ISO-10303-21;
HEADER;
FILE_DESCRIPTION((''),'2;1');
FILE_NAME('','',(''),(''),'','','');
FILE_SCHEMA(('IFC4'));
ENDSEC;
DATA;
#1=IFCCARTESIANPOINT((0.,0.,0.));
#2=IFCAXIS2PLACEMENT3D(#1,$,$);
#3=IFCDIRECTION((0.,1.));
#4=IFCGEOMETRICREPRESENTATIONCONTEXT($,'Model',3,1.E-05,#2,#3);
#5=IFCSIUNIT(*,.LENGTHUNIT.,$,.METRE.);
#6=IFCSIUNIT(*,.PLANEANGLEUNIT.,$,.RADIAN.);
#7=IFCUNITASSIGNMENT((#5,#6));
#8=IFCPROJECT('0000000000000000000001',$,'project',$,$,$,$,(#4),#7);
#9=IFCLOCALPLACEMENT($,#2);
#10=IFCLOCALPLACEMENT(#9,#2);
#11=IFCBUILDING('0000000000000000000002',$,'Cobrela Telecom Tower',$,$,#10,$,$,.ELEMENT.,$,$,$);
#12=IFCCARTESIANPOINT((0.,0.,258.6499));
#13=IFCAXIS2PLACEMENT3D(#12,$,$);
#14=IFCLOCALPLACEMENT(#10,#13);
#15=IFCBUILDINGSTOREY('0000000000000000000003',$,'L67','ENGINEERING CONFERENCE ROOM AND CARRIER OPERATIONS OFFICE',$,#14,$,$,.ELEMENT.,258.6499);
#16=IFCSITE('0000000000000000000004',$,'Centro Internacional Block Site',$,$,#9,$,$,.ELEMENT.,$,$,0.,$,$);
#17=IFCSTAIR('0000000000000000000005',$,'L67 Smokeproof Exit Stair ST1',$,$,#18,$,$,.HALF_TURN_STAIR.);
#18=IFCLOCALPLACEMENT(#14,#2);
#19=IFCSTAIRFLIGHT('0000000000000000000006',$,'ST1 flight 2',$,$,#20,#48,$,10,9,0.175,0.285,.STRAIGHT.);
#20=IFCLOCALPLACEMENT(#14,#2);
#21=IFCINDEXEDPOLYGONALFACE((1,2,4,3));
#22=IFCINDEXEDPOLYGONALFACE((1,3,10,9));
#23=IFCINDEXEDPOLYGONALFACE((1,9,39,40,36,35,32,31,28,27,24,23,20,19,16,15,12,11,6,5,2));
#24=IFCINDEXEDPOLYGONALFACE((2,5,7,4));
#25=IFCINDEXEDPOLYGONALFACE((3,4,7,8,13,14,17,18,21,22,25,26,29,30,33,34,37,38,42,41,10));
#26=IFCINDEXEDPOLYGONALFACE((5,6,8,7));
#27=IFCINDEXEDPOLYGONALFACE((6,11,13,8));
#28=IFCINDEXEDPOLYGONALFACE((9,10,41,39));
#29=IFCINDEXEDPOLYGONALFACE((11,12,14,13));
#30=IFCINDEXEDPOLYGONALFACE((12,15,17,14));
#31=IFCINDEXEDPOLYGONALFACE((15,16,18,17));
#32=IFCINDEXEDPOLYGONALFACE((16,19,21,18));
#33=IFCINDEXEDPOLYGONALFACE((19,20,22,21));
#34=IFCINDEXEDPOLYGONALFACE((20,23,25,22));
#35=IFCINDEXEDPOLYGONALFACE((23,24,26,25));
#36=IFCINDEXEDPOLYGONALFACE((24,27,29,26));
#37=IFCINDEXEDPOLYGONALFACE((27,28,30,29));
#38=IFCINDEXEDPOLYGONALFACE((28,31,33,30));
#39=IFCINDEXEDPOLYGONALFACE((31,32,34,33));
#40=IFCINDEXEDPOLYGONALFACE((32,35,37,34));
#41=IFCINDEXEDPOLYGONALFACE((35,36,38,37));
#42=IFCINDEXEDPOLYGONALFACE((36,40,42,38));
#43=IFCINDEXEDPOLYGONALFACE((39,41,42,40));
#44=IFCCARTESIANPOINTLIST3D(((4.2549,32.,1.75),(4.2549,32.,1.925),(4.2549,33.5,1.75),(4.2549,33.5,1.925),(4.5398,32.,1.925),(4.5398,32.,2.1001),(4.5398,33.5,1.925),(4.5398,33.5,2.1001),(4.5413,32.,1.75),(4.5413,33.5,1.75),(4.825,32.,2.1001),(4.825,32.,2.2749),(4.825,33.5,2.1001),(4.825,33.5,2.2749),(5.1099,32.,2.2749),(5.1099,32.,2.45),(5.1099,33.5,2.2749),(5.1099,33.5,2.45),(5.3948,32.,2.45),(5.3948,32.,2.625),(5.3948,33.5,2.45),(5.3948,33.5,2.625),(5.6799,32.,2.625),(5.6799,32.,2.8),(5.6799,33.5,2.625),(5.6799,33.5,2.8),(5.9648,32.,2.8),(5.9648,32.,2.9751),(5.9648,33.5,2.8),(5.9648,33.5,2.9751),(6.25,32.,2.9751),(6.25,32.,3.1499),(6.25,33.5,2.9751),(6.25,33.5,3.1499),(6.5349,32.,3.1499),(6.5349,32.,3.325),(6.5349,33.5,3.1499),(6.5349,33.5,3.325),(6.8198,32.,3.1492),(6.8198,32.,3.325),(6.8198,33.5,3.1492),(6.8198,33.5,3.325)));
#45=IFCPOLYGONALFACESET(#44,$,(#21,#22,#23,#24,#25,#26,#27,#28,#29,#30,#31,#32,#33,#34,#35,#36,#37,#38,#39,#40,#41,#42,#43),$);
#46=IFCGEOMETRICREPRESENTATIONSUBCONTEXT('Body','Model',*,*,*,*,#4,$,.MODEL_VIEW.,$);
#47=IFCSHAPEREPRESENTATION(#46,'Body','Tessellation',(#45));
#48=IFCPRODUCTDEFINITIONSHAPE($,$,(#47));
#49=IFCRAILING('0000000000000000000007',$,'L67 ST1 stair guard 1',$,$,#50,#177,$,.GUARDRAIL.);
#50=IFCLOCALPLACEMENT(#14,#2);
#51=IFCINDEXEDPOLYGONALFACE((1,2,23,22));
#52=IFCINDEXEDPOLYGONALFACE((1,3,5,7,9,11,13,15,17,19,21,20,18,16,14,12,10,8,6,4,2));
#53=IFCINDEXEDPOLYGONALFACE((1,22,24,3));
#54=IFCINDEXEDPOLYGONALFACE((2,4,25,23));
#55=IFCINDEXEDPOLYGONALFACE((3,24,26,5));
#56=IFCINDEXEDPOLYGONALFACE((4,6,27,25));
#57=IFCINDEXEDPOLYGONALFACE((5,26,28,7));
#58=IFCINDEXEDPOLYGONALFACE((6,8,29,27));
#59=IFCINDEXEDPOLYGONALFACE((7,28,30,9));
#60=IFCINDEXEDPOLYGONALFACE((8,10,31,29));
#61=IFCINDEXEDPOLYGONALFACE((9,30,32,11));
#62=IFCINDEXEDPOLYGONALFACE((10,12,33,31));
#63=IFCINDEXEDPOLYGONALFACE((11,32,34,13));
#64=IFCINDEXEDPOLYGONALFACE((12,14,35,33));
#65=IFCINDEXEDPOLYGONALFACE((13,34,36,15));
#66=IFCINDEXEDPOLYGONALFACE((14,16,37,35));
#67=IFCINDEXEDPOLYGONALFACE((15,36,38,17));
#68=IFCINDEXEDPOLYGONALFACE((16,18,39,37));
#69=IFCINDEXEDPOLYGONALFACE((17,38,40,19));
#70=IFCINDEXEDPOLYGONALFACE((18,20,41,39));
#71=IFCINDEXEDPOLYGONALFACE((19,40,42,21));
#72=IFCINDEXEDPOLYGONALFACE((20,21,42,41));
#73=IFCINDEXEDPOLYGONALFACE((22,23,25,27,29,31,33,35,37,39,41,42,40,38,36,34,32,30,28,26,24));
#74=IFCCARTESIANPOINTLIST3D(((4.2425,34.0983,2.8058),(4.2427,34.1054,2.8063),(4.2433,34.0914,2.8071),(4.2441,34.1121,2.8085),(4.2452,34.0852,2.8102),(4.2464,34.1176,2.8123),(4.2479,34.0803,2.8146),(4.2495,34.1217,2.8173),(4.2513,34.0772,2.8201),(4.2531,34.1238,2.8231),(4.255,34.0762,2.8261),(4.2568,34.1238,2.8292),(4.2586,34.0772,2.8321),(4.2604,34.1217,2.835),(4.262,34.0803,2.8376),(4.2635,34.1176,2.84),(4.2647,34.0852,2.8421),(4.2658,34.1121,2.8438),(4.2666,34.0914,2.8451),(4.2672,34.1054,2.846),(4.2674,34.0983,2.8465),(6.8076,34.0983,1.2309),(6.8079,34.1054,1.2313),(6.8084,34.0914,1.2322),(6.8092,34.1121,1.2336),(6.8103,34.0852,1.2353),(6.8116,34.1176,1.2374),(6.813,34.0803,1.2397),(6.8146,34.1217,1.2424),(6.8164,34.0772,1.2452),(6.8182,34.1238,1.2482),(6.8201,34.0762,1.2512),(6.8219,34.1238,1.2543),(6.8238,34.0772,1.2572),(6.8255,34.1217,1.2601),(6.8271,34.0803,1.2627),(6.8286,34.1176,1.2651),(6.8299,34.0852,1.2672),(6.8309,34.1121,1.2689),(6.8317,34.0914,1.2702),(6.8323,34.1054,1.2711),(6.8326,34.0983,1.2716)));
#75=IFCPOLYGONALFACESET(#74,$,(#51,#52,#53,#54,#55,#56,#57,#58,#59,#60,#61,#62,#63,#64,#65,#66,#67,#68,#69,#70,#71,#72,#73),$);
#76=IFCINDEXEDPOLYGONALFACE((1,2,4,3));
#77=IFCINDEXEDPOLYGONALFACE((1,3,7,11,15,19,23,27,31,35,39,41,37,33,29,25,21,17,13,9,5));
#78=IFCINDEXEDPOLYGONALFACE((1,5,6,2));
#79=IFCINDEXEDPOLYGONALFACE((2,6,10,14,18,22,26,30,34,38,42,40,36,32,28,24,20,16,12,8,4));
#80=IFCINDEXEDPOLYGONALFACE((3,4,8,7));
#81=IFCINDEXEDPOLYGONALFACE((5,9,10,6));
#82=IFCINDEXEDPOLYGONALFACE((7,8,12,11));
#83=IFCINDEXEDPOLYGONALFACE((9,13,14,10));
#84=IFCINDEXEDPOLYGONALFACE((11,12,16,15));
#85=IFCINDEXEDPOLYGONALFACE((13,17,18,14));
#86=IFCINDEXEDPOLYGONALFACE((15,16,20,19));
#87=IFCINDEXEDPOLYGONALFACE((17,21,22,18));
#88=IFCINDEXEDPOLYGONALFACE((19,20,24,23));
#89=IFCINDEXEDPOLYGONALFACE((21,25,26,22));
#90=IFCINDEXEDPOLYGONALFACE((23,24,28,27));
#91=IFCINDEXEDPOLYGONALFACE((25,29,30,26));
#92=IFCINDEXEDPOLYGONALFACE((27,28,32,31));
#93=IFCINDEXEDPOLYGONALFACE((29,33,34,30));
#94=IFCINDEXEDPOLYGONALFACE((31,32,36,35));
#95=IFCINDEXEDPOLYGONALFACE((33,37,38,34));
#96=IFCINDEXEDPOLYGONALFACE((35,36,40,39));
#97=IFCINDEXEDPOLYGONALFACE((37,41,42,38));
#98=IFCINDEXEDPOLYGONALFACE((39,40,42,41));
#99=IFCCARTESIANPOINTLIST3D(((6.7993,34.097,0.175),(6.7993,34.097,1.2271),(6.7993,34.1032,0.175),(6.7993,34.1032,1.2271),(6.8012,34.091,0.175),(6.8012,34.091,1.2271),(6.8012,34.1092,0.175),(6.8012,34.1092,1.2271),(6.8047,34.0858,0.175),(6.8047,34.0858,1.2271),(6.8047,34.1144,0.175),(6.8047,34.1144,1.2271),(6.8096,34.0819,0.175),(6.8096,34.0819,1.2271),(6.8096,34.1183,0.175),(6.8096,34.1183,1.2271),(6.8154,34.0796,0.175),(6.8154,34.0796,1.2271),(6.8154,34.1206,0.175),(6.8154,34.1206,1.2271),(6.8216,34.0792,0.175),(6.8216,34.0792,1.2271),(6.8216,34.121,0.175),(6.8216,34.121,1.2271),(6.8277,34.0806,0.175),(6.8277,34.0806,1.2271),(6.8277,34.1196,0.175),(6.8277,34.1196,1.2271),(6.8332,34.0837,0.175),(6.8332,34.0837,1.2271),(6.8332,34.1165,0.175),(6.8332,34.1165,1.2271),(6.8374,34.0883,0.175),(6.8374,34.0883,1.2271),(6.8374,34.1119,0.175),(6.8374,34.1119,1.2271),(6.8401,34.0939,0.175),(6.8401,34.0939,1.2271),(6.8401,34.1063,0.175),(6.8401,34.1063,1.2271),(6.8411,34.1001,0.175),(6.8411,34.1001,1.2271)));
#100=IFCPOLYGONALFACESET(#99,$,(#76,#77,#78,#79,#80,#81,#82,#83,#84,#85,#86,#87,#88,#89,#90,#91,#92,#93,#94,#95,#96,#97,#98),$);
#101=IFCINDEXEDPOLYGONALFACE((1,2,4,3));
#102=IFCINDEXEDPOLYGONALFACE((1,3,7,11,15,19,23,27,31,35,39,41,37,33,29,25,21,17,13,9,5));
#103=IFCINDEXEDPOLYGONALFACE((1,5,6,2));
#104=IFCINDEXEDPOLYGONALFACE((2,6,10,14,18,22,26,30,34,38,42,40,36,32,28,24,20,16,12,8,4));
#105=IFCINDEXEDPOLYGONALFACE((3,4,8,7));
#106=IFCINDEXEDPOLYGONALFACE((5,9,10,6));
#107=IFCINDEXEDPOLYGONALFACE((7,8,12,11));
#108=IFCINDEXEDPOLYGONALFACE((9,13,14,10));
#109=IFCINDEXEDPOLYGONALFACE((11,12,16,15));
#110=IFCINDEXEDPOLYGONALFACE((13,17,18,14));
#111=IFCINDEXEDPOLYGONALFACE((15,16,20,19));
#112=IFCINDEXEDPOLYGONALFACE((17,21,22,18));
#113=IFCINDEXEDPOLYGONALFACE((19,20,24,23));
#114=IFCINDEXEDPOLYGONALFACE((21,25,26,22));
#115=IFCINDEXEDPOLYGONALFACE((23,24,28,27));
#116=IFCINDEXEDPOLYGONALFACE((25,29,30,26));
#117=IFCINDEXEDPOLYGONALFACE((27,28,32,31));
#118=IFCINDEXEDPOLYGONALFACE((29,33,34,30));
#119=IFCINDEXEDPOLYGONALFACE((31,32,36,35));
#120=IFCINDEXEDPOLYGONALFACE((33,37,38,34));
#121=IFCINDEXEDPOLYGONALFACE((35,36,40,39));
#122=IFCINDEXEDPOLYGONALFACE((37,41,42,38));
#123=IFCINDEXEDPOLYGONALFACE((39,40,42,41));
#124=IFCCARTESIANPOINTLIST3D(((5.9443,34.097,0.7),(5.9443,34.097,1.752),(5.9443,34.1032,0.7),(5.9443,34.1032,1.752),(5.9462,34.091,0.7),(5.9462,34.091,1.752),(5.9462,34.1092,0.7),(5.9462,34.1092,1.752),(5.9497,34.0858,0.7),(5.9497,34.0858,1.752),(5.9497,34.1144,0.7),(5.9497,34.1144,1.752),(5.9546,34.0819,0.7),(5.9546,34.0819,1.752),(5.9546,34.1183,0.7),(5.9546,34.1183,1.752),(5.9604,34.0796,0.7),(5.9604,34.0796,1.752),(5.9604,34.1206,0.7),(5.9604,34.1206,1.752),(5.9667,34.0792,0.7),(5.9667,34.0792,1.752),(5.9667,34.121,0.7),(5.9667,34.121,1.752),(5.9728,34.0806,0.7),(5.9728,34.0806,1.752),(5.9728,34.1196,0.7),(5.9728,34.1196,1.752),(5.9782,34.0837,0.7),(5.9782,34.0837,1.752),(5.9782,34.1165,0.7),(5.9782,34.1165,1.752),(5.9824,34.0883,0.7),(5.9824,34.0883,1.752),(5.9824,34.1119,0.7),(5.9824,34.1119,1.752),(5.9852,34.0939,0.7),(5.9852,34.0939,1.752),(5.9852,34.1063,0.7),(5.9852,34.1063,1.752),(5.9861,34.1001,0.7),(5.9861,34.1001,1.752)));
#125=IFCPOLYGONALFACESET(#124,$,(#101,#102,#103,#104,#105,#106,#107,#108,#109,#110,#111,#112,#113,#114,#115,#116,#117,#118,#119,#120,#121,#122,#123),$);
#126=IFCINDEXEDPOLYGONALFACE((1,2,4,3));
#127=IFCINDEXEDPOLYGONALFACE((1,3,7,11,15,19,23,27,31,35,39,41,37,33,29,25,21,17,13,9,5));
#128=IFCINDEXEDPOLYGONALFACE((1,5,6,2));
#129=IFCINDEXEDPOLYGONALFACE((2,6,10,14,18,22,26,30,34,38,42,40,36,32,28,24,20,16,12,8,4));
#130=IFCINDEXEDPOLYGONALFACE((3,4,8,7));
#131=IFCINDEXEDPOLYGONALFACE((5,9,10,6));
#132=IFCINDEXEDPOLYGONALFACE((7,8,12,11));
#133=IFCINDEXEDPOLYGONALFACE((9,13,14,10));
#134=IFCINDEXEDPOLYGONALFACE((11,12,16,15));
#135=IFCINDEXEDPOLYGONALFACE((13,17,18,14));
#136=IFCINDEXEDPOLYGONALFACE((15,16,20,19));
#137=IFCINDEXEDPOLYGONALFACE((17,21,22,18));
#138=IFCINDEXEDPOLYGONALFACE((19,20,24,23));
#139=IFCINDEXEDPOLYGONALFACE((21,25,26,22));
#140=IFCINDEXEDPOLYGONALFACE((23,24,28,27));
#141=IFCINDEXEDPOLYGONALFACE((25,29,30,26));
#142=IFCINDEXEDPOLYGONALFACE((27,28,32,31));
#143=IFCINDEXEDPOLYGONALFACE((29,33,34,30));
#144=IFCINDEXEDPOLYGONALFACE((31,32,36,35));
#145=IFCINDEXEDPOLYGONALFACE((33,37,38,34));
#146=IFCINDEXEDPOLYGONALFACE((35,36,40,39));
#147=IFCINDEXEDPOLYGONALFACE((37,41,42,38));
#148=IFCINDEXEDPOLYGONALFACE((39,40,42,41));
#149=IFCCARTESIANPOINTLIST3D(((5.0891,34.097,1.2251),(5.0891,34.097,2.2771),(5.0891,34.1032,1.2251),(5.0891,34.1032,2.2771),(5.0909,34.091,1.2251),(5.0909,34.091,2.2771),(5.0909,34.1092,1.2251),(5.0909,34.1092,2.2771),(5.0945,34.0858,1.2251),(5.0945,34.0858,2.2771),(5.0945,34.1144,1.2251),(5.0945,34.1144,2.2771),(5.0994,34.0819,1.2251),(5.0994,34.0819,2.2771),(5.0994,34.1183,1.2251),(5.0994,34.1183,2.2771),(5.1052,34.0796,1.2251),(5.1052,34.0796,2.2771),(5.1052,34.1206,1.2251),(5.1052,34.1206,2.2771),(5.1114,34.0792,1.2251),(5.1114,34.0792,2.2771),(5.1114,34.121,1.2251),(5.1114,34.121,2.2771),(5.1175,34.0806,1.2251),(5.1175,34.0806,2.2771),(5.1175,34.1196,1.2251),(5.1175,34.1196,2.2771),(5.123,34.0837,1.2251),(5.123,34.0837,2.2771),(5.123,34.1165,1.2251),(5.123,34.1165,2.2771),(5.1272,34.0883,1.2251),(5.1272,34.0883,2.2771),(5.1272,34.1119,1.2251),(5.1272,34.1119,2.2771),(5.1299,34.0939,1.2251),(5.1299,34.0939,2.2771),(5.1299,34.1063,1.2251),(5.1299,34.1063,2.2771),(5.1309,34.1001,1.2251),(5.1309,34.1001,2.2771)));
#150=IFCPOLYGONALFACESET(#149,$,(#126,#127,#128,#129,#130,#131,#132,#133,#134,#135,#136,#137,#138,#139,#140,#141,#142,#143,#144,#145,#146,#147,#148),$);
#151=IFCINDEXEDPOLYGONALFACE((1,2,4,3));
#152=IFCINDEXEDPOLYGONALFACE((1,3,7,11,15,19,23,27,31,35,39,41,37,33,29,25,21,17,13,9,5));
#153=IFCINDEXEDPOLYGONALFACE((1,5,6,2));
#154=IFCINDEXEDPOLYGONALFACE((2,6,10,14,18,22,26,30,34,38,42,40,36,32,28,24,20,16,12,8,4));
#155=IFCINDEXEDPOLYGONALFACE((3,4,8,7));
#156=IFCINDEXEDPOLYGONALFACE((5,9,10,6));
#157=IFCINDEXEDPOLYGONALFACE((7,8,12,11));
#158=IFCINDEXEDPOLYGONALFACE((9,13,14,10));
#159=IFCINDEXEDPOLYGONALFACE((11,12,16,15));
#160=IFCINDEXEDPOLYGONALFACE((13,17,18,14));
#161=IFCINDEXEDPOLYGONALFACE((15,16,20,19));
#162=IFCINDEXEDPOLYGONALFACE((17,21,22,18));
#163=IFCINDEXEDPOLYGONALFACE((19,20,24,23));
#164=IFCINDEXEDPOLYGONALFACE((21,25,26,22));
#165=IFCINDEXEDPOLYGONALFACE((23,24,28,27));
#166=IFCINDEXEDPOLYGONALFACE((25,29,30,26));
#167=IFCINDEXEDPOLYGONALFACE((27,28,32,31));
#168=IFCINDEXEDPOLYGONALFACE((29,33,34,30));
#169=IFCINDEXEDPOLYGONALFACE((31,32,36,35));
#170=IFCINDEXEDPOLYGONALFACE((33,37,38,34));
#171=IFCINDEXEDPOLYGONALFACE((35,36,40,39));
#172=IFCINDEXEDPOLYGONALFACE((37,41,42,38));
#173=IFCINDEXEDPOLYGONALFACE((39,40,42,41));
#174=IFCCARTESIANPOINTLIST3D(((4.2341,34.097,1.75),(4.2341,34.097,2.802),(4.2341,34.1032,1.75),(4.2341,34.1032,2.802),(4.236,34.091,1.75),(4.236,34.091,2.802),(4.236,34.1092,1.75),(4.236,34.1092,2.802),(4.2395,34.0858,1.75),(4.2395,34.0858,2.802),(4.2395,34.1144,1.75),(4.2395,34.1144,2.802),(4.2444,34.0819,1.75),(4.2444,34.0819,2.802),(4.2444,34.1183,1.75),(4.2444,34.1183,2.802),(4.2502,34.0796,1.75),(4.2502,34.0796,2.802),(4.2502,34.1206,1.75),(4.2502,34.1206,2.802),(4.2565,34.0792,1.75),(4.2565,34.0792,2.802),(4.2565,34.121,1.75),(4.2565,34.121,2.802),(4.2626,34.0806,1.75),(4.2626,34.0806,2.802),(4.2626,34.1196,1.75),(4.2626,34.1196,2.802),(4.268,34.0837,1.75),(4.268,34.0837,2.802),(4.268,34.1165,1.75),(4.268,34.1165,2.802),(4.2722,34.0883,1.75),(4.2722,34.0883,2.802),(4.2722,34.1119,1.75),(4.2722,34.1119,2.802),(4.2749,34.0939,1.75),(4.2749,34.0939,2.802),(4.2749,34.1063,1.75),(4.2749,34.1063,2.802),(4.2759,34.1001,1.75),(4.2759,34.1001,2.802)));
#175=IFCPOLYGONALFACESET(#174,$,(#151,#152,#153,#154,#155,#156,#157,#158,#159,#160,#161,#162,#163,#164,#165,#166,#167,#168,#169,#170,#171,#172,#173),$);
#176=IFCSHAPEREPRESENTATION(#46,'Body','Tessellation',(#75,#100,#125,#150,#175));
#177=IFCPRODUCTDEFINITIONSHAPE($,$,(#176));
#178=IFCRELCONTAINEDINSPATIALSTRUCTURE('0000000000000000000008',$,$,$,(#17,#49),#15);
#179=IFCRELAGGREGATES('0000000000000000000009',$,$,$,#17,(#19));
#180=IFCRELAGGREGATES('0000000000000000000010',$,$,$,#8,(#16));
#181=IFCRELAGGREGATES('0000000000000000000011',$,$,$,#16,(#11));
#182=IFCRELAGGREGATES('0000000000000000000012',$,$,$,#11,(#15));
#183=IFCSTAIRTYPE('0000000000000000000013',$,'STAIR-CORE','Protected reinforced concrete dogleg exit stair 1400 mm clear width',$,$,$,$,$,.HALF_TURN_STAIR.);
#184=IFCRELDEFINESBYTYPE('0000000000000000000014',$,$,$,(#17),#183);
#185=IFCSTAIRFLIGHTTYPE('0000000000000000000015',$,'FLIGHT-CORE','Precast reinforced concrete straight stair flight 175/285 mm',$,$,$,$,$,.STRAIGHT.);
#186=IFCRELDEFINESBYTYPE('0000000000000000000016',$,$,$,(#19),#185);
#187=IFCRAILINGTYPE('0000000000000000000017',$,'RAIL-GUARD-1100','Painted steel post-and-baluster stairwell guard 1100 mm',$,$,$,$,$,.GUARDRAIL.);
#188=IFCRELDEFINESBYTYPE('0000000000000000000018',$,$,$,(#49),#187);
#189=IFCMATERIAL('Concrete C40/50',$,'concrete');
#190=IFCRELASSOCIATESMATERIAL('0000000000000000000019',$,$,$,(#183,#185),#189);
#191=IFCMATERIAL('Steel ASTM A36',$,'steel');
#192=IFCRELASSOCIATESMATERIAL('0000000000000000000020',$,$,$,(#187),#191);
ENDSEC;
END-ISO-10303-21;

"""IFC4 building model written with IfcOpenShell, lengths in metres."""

from ifc_helpers import new_model, si_unit, direction, frame, origin, origin_2d, place, context, subcontext, project, spatial, polyline, circle, outline, extrude, material, type_object, element, aggregate, save


model = new_model("IFC4")

# Units and contexts
model_context = context("Model", 3, precision=1e-05, world=origin(), true_north=direction((0.0, 1.0)))
body_context = subcontext(model_context, "Body", "Model", "MODEL_VIEW")
ifc_project = project(units=[si_unit("LENGTHUNIT", "METRE"), si_unit("PLANEANGLEUNIT", "RADIAN")], contexts=[model_context])

# Site, building, storey
site_placement = place(None, origin())
site = spatial("IfcSite", under=ifc_project, at=site_placement, Name="Centro Internacional Block Site", CompositionType="ELEMENT", RefElevation=0.0)
building_placement = place(site_placement, origin())
building = spatial("IfcBuilding", under=site, at=building_placement, Name="Cobrela Telecom Tower", CompositionType="ELEMENT")
storey_placement = place(building_placement, frame((0.0, 0.0, 258.6499)))
storey = spatial("IfcBuildingStorey", under=building, at=storey_placement, Name="L67", Description="ENGINEERING CONFERENCE ROOM AND CARRIER OPERATIONS OFFICE", CompositionType="ELEMENT", Elevation=258.6499)

# Shared definitions
ifc_material_1 = material(Name="Concrete C40/50", Category="concrete")

# Shared definitions
ifc_material_2 = material(Name="Steel ASTM A36", Category="steel")

# Stair, stair flight
stair_type = type_object("IfcStairType", Name="STAIR-CORE", Description="Protected reinforced concrete dogleg exit stair 1400 mm clear width", PredefinedType="HALF_TURN_STAIR", material=ifc_material_1)
stair_placement = place(storey_placement, origin())
stair = element("IfcStair", 1, at=stair_placement, inside=storey, type_object=stair_type, Name="L67 Smokeproof Exit Stair ST1", PredefinedType="HALF_TURN_STAIR")
stair_flight_type = type_object("IfcStairFlightType", Name="FLIGHT-CORE", Description="Precast reinforced concrete straight stair flight 175/285 mm", PredefinedType="STRAIGHT", material=ifc_material_1)
stair_flight_1_placement = place(storey_placement, frame((4.2549, 32.75, 1.75), z_axis=(0.0, 0.0, 1.0), x_axis=(1.0, 0.0, 0.0)))
stair_flight_1 = element("IfcStairFlight", 2, at=stair_flight_1_placement, type_object=stair_flight_type, Name="ST1 flight 2", NumberOfRisers=10, NumberOfTreads=9, PredefinedType="STRAIGHT", RiserHeight=0.175, TreadLength=0.285, context=body_context, shape_type="SweptSolid", body=[
    extrude(outline(polyline([(0.0, 0.0), (0.0, 0.175), (0.2849, 0.175), (0.2849, 0.3501), (0.5701, 0.3501), (0.5701, 0.5249), (0.855, 0.5249), (0.855, 0.7), (1.1399, 0.7), (1.1399, 0.875), (1.425, 0.875), (1.425, 1.05), (1.71, 1.05), (1.71, 1.2251), (1.9951, 1.2251), (1.9951, 1.3999), (2.28, 1.3999), (2.28, 1.575), (2.5649, 1.575), (2.5649, 1.75), (2.5649, 1.3992), (0.2864, 0.0), (0.0, 0.0)])), frame((0.0, 0.75, 0.0), z_axis=(0.0, -1.0, 0.0), x_axis=(1.0, 0.0, 0.0)), (0.0, 0.0, 1.0), 1.5),
])
aggregate(stair, [stair_flight_1])

# Railing
railing_type_1 = type_object("IfcRailingType", Name="RAIL-GUARD-1100", Description="Painted steel post-and-baluster stairwell guard 1100 mm", PredefinedType="GUARDRAIL", material=ifc_material_2)
railing_1_placement = place(storey_placement, frame((6.8201, 34.1001, 0.175)))
element("IfcRailing", 3, at=railing_1_placement, inside=storey, type_object=railing_type_1, Name="L67 ST1 stair guard 1", PredefinedType="GUARDRAIL", context=body_context, shape_type="SweptSolid", body=[
    extrude(circle(Radius=0.0239, at=origin_2d()), frame((0.0, 0.0, 1.0762), z_axis=(-0.852195, 0.0, 0.523224), x_axis=(0.0, -1.0, 0.0)), (0.0, 0.0, 1.0), 3.01),
    extrude(circle(Radius=0.021, at=origin_2d()), origin(), (0.0, 0.0, 1.0), 1.052),
    extrude(circle(Radius=0.021, at=origin_2d()), frame((-0.855, 0.0, 0.5249)), (0.0, 0.0, 1.0), 1.052),
    extrude(circle(Radius=0.021, at=origin_2d()), frame((-1.7102, 0.0, 1.05)), (0.0, 0.0, 1.0), 1.052),
    extrude(circle(Radius=0.021, at=origin_2d()), frame((-2.5652, 0.0, 1.575)), (0.0, 0.0, 1.0), 1.052),
])

save(model, "model.ifc")
